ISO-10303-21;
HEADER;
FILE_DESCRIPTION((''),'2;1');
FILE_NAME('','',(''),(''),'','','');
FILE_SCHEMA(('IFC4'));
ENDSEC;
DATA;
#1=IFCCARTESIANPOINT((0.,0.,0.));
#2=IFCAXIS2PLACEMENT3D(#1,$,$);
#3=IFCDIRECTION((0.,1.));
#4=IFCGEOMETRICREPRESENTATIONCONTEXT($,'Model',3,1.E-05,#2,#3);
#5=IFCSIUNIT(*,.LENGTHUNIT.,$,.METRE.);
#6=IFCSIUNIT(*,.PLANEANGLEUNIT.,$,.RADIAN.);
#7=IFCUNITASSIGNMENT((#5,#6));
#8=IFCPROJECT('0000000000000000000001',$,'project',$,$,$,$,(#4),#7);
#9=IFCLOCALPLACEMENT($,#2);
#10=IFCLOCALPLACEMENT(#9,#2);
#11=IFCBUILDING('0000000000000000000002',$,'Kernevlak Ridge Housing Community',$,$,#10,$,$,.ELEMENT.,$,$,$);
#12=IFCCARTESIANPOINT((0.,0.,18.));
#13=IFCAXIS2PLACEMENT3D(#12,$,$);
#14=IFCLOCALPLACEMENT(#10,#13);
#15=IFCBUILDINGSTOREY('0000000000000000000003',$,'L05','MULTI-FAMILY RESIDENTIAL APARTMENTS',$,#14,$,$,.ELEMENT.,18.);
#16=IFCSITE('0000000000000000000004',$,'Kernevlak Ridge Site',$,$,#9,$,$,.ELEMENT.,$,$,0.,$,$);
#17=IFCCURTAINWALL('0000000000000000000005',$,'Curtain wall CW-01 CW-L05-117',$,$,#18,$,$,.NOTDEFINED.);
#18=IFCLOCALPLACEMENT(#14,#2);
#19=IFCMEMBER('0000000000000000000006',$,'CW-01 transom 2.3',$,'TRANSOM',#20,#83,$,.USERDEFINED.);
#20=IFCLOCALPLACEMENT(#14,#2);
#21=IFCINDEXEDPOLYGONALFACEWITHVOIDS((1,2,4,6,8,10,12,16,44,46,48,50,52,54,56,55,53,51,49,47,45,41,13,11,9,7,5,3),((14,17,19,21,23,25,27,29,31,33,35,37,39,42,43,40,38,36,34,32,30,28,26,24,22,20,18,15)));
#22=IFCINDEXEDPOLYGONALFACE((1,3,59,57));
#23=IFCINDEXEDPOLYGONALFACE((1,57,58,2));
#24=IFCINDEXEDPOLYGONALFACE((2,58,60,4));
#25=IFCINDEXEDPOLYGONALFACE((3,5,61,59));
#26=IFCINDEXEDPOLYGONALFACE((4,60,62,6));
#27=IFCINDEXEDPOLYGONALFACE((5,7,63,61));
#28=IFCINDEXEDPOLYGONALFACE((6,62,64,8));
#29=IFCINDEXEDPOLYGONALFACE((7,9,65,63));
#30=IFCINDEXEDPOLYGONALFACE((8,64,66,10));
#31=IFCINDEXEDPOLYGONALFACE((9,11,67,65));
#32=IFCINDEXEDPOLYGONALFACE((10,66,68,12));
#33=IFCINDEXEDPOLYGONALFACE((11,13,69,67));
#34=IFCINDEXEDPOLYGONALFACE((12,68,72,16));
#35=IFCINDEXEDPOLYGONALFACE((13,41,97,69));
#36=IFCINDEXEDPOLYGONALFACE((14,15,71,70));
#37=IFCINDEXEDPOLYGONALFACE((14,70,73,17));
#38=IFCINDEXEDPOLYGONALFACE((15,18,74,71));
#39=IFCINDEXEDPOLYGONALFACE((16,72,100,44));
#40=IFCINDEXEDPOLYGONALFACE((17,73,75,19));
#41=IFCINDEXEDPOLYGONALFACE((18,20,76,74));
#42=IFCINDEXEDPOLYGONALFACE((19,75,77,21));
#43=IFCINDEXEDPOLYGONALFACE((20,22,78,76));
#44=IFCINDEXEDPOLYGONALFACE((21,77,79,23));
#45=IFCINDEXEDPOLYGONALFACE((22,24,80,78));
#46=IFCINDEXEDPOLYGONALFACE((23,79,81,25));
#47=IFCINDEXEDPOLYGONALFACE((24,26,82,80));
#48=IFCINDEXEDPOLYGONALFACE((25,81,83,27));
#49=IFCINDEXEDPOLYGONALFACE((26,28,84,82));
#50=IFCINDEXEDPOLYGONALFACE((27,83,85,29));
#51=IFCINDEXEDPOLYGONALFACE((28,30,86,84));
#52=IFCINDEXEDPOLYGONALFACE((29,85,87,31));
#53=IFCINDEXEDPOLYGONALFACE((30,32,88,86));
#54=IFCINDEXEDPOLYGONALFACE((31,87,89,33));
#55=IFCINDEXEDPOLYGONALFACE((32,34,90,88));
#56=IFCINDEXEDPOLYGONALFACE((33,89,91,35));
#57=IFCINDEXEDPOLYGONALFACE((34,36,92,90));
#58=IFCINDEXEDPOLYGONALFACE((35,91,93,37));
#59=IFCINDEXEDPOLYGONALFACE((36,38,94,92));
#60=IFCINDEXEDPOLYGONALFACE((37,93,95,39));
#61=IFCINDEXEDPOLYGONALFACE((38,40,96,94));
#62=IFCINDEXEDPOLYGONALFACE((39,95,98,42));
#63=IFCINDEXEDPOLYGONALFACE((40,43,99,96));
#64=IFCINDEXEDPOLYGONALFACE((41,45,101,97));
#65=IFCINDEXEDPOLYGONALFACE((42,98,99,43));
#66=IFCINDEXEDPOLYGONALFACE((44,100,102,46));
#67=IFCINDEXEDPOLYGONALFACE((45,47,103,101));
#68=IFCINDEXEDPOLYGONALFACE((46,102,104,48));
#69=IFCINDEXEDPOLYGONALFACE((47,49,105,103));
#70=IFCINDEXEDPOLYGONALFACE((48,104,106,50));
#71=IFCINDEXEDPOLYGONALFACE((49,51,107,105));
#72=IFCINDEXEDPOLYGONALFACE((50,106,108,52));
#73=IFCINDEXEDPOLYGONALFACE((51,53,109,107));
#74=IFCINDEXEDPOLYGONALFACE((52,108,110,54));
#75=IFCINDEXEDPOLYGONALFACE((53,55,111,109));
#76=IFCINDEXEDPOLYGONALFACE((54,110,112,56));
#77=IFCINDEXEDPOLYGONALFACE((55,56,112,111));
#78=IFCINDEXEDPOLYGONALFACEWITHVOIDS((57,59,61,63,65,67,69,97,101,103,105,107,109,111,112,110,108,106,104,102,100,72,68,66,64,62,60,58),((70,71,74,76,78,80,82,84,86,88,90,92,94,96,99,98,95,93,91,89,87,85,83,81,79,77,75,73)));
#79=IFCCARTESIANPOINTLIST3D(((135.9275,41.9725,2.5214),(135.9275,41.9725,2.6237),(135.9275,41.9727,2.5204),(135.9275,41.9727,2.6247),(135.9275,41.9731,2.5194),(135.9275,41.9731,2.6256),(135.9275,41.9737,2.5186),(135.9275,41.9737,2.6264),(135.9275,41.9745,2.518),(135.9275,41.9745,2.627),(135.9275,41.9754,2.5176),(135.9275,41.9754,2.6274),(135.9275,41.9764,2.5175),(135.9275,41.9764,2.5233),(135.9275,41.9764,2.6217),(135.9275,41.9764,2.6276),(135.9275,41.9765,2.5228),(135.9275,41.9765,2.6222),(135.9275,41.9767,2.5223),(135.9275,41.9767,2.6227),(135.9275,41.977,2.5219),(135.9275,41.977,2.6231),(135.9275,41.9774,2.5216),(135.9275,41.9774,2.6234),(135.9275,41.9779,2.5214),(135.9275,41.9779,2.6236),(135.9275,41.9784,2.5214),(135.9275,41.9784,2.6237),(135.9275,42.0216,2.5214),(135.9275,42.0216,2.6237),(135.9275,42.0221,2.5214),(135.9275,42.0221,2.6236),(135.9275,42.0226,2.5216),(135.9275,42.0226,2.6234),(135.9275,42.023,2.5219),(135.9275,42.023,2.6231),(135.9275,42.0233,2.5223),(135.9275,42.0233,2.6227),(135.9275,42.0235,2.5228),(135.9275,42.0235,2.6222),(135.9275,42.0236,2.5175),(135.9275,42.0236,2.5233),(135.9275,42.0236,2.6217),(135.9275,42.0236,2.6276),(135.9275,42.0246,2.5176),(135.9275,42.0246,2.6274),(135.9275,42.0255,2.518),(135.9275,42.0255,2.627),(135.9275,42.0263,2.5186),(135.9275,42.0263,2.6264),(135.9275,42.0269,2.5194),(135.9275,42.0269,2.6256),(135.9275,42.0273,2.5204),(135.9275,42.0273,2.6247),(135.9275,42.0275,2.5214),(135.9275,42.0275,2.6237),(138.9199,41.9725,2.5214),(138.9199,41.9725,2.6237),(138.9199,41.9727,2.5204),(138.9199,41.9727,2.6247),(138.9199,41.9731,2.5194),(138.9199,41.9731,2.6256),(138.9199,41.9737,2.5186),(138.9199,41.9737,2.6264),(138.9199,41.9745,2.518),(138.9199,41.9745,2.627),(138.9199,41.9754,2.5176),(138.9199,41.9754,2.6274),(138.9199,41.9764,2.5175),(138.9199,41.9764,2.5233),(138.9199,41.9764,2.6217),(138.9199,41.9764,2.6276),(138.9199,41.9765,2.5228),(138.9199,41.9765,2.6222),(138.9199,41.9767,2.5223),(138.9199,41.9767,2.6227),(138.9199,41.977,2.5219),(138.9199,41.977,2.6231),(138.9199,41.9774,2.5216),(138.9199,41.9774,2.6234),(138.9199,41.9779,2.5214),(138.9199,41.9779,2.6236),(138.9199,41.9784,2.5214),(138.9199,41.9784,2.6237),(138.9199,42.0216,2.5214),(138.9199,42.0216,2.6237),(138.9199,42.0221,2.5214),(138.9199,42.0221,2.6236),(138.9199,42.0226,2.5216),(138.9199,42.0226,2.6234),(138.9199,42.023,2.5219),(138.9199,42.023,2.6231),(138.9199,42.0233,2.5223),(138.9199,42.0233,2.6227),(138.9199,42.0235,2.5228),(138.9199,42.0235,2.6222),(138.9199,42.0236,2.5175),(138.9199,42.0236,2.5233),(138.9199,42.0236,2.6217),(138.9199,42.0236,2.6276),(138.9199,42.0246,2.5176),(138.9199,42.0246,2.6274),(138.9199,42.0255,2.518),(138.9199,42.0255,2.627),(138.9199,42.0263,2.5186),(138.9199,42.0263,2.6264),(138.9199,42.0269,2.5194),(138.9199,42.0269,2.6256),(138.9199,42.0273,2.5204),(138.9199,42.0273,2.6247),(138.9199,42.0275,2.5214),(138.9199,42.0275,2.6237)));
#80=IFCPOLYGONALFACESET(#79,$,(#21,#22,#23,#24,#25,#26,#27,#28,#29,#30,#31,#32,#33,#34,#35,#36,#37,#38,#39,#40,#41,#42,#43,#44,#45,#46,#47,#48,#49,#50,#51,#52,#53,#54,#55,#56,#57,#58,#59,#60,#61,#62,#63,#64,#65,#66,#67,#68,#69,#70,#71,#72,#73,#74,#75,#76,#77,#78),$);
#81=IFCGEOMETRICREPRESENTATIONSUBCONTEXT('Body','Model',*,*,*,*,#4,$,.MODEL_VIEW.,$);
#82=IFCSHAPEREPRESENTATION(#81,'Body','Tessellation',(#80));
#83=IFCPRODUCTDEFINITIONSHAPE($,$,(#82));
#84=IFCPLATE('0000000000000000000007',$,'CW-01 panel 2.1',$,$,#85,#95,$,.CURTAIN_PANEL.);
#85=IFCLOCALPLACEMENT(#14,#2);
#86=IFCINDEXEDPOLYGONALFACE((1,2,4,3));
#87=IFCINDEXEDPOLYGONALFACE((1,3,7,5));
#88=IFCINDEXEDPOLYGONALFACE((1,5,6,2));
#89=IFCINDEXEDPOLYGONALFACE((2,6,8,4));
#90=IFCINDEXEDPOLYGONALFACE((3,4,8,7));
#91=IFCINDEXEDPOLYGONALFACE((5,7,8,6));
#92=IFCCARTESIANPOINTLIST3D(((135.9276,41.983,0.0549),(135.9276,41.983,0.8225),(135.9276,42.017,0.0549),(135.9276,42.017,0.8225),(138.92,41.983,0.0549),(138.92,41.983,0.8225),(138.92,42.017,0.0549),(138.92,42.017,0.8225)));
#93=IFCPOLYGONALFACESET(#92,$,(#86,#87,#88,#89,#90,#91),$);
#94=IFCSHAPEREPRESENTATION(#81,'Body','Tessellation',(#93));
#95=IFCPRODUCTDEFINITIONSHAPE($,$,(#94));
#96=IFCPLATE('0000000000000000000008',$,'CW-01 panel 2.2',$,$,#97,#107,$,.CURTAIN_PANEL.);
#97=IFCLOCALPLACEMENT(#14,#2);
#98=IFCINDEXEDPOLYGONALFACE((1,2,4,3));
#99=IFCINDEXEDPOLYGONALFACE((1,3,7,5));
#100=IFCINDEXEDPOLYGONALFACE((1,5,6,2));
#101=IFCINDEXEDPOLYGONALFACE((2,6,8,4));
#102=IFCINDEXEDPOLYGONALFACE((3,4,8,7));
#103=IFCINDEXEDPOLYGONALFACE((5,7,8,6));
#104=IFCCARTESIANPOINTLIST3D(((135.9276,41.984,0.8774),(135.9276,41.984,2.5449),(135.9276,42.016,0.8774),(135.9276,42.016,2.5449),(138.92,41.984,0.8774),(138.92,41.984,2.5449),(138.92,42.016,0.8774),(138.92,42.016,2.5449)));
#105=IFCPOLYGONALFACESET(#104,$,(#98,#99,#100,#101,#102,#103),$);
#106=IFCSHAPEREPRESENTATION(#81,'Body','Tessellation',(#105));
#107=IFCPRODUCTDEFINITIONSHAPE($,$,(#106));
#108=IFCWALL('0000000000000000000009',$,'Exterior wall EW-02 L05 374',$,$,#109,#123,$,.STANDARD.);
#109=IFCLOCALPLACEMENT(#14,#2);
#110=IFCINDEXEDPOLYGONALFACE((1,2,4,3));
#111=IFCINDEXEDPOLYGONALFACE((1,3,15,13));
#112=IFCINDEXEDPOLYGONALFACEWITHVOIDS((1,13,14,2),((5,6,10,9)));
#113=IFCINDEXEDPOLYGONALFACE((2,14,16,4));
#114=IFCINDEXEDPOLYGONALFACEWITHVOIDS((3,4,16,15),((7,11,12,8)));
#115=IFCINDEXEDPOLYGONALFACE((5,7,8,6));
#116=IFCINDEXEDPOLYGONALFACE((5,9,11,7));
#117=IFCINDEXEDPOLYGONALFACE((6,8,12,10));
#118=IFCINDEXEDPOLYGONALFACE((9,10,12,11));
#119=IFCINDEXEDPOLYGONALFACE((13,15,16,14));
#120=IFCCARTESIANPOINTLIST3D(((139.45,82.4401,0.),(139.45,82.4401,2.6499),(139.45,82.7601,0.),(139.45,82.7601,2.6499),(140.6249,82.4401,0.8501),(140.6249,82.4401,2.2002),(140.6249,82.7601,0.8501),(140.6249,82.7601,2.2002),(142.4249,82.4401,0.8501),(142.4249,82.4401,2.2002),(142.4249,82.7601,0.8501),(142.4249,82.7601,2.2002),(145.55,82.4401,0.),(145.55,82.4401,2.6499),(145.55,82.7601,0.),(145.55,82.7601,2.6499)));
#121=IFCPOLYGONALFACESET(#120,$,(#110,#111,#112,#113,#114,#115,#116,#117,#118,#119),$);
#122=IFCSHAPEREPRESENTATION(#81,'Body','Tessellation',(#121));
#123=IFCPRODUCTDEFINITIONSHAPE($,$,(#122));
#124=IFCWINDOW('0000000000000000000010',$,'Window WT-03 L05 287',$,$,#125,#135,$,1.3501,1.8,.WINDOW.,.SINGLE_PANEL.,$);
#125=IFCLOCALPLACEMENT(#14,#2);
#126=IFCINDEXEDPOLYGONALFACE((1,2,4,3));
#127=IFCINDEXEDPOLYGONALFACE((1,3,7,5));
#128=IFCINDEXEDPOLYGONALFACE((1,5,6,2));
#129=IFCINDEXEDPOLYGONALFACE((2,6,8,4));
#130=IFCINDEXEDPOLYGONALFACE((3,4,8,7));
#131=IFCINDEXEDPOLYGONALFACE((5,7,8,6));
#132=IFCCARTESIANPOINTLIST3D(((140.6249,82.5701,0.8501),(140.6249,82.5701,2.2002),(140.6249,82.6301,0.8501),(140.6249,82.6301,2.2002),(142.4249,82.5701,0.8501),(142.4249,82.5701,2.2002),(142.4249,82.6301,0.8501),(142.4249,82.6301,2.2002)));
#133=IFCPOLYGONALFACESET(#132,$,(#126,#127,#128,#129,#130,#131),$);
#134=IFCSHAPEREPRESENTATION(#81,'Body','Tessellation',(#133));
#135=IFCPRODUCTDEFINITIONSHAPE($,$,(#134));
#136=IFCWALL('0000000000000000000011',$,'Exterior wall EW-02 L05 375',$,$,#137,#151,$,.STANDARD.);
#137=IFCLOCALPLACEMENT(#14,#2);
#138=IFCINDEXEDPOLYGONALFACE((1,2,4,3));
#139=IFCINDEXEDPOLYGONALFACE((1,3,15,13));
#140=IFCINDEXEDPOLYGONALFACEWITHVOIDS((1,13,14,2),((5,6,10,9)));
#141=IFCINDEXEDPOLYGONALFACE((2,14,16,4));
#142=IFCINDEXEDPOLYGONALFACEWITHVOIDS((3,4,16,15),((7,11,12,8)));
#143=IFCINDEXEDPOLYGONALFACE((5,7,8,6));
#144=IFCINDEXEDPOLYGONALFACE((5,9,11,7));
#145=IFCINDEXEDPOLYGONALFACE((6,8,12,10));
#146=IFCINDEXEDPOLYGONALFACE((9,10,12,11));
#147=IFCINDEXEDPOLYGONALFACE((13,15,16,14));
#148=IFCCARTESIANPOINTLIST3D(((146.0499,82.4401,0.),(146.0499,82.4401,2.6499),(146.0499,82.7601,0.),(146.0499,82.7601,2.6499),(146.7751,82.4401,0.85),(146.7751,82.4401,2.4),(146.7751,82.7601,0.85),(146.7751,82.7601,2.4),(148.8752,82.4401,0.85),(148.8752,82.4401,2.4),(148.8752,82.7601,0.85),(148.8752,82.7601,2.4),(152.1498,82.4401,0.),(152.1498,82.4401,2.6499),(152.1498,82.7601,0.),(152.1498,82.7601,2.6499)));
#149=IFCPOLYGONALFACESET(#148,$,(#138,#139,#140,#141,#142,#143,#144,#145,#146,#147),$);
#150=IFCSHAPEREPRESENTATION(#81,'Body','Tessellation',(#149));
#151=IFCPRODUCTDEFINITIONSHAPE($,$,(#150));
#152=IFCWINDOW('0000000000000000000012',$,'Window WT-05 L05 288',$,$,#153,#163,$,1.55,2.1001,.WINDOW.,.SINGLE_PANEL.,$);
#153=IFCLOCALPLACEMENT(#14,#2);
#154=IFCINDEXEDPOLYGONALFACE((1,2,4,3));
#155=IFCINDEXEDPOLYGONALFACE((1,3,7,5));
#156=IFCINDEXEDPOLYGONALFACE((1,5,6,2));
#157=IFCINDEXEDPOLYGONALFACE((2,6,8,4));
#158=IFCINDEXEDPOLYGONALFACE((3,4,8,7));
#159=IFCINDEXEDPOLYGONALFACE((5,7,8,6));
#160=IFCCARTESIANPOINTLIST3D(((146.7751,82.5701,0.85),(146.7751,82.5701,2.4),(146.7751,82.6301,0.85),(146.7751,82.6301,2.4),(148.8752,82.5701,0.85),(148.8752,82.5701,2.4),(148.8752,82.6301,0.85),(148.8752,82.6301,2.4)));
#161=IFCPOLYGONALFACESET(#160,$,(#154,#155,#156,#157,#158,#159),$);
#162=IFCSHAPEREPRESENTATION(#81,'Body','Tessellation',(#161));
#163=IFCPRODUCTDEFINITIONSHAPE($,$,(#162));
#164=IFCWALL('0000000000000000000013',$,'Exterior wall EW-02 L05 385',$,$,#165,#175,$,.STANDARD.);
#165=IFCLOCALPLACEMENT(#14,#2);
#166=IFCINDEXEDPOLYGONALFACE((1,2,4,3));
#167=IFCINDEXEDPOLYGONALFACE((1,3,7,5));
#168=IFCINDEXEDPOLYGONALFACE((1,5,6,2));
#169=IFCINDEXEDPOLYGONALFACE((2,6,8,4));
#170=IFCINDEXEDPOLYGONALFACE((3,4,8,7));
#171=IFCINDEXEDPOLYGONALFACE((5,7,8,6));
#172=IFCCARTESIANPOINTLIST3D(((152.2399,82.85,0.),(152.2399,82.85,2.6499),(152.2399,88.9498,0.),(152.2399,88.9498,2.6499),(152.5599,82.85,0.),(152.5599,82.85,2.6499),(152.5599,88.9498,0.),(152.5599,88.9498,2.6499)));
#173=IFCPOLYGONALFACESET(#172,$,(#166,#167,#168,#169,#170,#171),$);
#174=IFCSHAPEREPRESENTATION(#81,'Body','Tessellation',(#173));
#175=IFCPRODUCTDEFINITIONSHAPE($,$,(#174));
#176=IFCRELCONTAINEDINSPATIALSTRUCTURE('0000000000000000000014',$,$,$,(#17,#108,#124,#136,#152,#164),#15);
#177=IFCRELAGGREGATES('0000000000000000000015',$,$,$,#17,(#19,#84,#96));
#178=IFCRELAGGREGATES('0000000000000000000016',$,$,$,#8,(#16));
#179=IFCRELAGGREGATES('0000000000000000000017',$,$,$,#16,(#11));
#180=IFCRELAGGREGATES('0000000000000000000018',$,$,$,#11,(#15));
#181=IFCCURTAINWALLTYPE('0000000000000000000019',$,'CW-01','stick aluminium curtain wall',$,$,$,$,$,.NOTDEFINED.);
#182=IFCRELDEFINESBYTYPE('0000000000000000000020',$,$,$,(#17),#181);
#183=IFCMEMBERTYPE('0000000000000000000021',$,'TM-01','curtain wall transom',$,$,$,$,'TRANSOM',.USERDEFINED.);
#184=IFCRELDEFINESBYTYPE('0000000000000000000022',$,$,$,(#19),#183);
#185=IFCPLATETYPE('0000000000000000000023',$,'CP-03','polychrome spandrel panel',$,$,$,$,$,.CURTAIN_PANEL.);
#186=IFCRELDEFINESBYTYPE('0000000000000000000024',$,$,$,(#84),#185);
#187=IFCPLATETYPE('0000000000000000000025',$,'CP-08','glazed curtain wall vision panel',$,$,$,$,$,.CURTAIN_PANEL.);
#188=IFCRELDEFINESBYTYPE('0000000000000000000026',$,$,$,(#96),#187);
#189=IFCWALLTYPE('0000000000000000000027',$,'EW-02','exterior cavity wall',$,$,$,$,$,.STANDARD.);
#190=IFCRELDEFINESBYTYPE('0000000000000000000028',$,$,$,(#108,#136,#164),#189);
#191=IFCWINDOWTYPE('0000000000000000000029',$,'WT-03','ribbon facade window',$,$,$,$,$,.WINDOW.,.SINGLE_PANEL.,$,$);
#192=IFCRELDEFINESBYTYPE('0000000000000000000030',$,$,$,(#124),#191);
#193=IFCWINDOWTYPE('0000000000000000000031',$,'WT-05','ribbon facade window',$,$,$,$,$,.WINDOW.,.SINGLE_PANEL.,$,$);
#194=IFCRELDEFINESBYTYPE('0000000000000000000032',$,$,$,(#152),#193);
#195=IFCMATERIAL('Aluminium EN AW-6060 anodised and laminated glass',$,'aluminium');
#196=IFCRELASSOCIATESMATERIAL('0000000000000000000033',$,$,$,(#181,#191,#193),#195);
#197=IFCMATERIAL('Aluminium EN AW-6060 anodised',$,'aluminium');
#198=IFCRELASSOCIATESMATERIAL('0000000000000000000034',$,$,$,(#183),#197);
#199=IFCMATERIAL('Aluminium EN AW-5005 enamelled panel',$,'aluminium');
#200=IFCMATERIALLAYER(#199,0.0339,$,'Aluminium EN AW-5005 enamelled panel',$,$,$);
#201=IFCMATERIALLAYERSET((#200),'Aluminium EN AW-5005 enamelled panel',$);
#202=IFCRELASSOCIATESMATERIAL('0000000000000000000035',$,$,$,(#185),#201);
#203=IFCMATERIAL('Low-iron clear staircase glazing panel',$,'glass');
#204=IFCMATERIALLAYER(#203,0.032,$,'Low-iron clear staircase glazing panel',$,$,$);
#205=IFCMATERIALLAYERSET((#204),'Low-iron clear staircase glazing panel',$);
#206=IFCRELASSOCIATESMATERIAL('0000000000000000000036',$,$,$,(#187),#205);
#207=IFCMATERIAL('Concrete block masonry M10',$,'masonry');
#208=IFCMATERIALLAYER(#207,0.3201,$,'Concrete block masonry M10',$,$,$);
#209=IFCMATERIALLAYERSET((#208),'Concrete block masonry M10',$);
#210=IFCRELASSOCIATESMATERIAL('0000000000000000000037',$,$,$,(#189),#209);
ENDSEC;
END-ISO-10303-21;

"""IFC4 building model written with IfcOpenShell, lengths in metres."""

from ifc_helpers import new_model, si_unit, direction, frame, frame_2d, origin, origin_2d, place, context, subcontext, project, spatial, rectangle, hollow_rectangle, extrude, material, layer, layer_set, material_profile, profile_set, type_object, element, fill, aggregate, save


model = new_model("IFC4")

# Units and contexts
model_context = context("Model", 3, precision=1e-05, world=origin(), true_north=direction((0.0, 1.0)))
body_context = subcontext(model_context, "Body", "Model", "MODEL_VIEW")
ifc_project = project(units=[si_unit("LENGTHUNIT", "METRE"), si_unit("PLANEANGLEUNIT", "RADIAN")], contexts=[model_context])

# Site, building, storey
site_placement = place(None, origin())
site = spatial("IfcSite", under=ifc_project, at=site_placement, Name="Kernevlak Ridge Site", CompositionType="ELEMENT", RefElevation=0.0)
building_placement = place(site_placement, origin())
building = spatial("IfcBuilding", under=site, at=building_placement, Name="Kernevlak Ridge Housing Community", CompositionType="ELEMENT")
storey_placement = place(building_placement, frame((0.0, 0.0, 18.0)))
storey = spatial("IfcBuildingStorey", under=building, at=storey_placement, Name="L05", Description="MULTI-FAMILY RESIDENTIAL APARTMENTS", CompositionType="ELEMENT", Elevation=18.0)

# Curtain wall
ifc_material_1 = material(Name="Aluminium EN AW-6060 anodised and laminated glass", Category="aluminium")
curtain_wall_type = type_object("IfcCurtainWallType", Name="CW-01", Description="stick aluminium curtain wall", PredefinedType="NOTDEFINED", material=ifc_material_1)
curtain_wall_placement = place(storey_placement, origin())
curtain_wall = element("IfcCurtainWall", 1, at=curtain_wall_placement, inside=storey, type_object=curtain_wall_type, Name="Curtain wall CW-01 CW-L05-117", PredefinedType="NOTDEFINED")
ifc_material_2 = material(Name="Aluminium EN AW-6060 anodised", Category="aluminium")

# Member
ifc_material_profile_1 = material_profile(ifc_material_2, hollow_rectangle(XDim=0.0549, YDim=0.1101, WallThickness=0.0039, InnerFilletRadius=0.002, OuterFilletRadius=0.0039, at=origin_2d()), Name="ALU 55x110x4")
ifc_profile_set_1 = profile_set([ifc_material_profile_1], Name="Aluminium EN AW-6060 anodised")
member_type_1 = type_object("IfcMemberType", Name="TM-01", Description="curtain wall transom", ElementType="TRANSOM", PredefinedType="USERDEFINED", material=ifc_profile_set_1)
member_1_placement = place(storey_placement, frame((135.9275, 42.0, 2.5725), z_axis=(1.0, 0.0, 0.0), x_axis=(0.0, 1.0, 0.0)))
member_1 = element("IfcMember", 2, at=member_1_placement, type_object=member_type_1, Name="CW-01 transom 2.3", ObjectType="TRANSOM", PredefinedType="USERDEFINED", context=body_context, shape_type="SweptSolid", body=[
    extrude(hollow_rectangle(XDim=0.0549, YDim=0.1101, WallThickness=0.0039, InnerFilletRadius=0.002, OuterFilletRadius=0.0039, at=origin_2d()), origin(), (0.0, 0.0, 1.0), 2.9924),
])

# Plates
ifc_material_3 = material(Name="Aluminium EN AW-5005 enamelled panel", Category="aluminium")
ifc_layer_1 = layer(ifc_material_3, 0.0339, Name="Aluminium EN AW-5005 enamelled panel")
ifc_layer_set_1 = layer_set([ifc_layer_1], Name="Aluminium EN AW-5005 enamelled panel")
plate_type_1 = type_object("IfcPlateType", Name="CP-03", Description="polychrome spandrel panel", PredefinedType="CURTAIN_PANEL", material=ifc_layer_set_1)
plate_1_placement = place(storey_placement, frame((137.4238, 42.0, 0.0549), z_axis=(0.0, 0.0, 1.0), x_axis=(1.0, 0.0, 0.0)))
plate_1 = element("IfcPlate", 3, at=plate_1_placement, type_object=plate_type_1, Name="CW-01 panel 2.1", PredefinedType="CURTAIN_PANEL", context=body_context, shape_type="SweptSolid", body=[
    extrude(rectangle(XDim=2.9924, YDim=0.0339, at=origin_2d()), origin(), (0.0, 0.0, 1.0), 0.7676),
])
ifc_material_4 = material(Name="Low-iron clear staircase glazing panel", Category="glass")
ifc_layer_2 = layer(ifc_material_4, 0.032, Name="Low-iron clear staircase glazing panel")
ifc_layer_set_2 = layer_set([ifc_layer_2], Name="Low-iron clear staircase glazing panel")
plate_type_2 = type_object("IfcPlateType", Name="CP-08", Description="glazed curtain wall vision panel", PredefinedType="CURTAIN_PANEL", material=ifc_layer_set_2)
plate_2_placement = place(storey_placement, frame((137.4238, 42.0, 0.8774), z_axis=(0.0, 0.0, 1.0), x_axis=(1.0, 0.0, 0.0)))
plate_2 = element("IfcPlate", 4, at=plate_2_placement, type_object=plate_type_2, Name="CW-01 panel 2.2", PredefinedType="CURTAIN_PANEL", context=body_context, shape_type="SweptSolid", body=[
    extrude(rectangle(XDim=2.9924, YDim=0.032, at=origin_2d()), origin(), (0.0, 0.0, 1.0), 1.6675),
])
aggregate(curtain_wall, [member_1, plate_1, plate_2])

# Walls, openings, windows
ifc_material_5 = material(Name="Concrete block masonry M10", Category="masonry")
ifc_layer_3 = layer(ifc_material_5, 0.3201, Name="Concrete block masonry M10")
ifc_layer_set_3 = layer_set([ifc_layer_3], Name="Concrete block masonry M10")
wall_type_1 = type_object("IfcWallType", Name="EW-02", Description="exterior cavity wall", PredefinedType="STANDARD", material=ifc_layer_set_3)
wall_1_placement = place(storey_placement, frame((139.45, 82.6001, 0.0), z_axis=(0.0, 0.0, 1.0), x_axis=(1.0, 0.0, 0.0)))
wall_1 = element("IfcWall", 5, at=wall_1_placement, inside=storey, type_object=wall_type_1, Name="Exterior wall EW-02 L05 374", PredefinedType="STANDARD", context=body_context, shape_type="SweptSolid", body=[
    extrude(rectangle(XDim=6.1001, YDim=0.3201, at=frame_2d((3.05, 0.0))), origin(), (0.0, 0.0, 1.0), 2.6499),
])
opening_1_placement = place(wall_1_placement, frame((1.175, 0.0, 0.8501)))
opening_1 = element("IfcOpeningElement", 6, at=opening_1_placement, cuts=wall_1, PredefinedType="OPENING", context=body_context, shape_type="SweptSolid", body=[
    extrude(rectangle(XDim=1.8, YDim=1.3501, at=frame_2d((0.8999, 0.675))), frame((0.0, 0.1699, 0.0), z_axis=(0.0, -1.0, 0.0), x_axis=(1.0, 0.0, 0.0)), (0.0, 0.0, 1.0), 0.3401),
])
window_type_1 = type_object("IfcWindowType", Name="WT-03", Description="ribbon facade window", PartitioningType="SINGLE_PANEL", PredefinedType="WINDOW", material=ifc_material_1)
window_1_placement = place(opening_1_placement, origin())
window_1 = element("IfcWindow", 7, at=window_1_placement, inside=storey, type_object=window_type_1, Name="Window WT-03 L05 287", OverallHeight=1.3501, OverallWidth=1.8, PartitioningType="SINGLE_PANEL", PredefinedType="WINDOW", context=body_context, shape_type="SweptSolid", body=[
    extrude(rectangle(XDim=1.8, YDim=1.3501, at=frame_2d((0.8999, 0.675))), frame((0.0, 0.03, 0.0), z_axis=(0.0, -1.0, 0.0), x_axis=(1.0, 0.0, 0.0)), (0.0, 0.0, 1.0), 0.0601),
])
fill(opening_1, window_1)
wall_2_placement = place(storey_placement, frame((146.05, 82.6001, 0.0), z_axis=(0.0, 0.0, 1.0), x_axis=(1.0, 0.0, 0.0)))
wall_2 = element("IfcWall", 8, at=wall_2_placement, inside=storey, type_object=wall_type_1, Name="Exterior wall EW-02 L05 375", PredefinedType="STANDARD", context=body_context, shape_type="SweptSolid", body=[
    extrude(rectangle(XDim=6.0999, YDim=0.3201, at=frame_2d((3.0498, 0.0))), origin(), (0.0, 0.0, 1.0), 2.6499),
])
opening_2_placement = place(wall_2_placement, frame((0.7251, 0.0, 0.8501)))
opening_2 = element("IfcOpeningElement", 9, at=opening_2_placement, cuts=wall_2, PredefinedType="OPENING", context=body_context, shape_type="SweptSolid", body=[
    extrude(rectangle(XDim=2.1001, YDim=1.55, at=frame_2d((1.05, 0.7749))), frame((0.0, 0.1699, 0.0), z_axis=(0.0, -1.0, 0.0), x_axis=(1.0, 0.0, 0.0)), (0.0, 0.0, 1.0), 0.3401),
])
window_type_2 = type_object("IfcWindowType", Name="WT-05", Description="ribbon facade window", PartitioningType="SINGLE_PANEL", PredefinedType="WINDOW", material=ifc_material_1)
window_2_placement = place(opening_2_placement, origin())
window_2 = element("IfcWindow", 10, at=window_2_placement, inside=storey, type_object=window_type_2, Name="Window WT-05 L05 288", OverallHeight=1.55, OverallWidth=2.1001, PartitioningType="SINGLE_PANEL", PredefinedType="WINDOW", context=body_context, shape_type="SweptSolid", body=[
    extrude(rectangle(XDim=2.1001, YDim=1.55, at=frame_2d((1.05, 0.7749))), frame((0.0, 0.03, 0.0), z_axis=(0.0, -1.0, 0.0), x_axis=(1.0, 0.0, 0.0)), (0.0, 0.0, 1.0), 0.0601),
])
fill(opening_2, window_2)

# Wall
wall_3_placement = place(storey_placement, frame((152.3999, 82.8501, 0.0), z_axis=(0.0, 0.0, 1.0), x_axis=(0.0, 1.0, 0.0)))
element("IfcWall", 11, at=wall_3_placement, inside=storey, type_object=wall_type_1, Name="Exterior wall EW-02 L05 385", PredefinedType="STANDARD", context=body_context, shape_type="SweptSolid", body=[
    extrude(rectangle(XDim=6.0999, YDim=0.3201, at=frame_2d((3.0498, 0.0))), origin(), (0.0, 0.0, 1.0), 2.6499),
])

save(model, "model.ifc")
